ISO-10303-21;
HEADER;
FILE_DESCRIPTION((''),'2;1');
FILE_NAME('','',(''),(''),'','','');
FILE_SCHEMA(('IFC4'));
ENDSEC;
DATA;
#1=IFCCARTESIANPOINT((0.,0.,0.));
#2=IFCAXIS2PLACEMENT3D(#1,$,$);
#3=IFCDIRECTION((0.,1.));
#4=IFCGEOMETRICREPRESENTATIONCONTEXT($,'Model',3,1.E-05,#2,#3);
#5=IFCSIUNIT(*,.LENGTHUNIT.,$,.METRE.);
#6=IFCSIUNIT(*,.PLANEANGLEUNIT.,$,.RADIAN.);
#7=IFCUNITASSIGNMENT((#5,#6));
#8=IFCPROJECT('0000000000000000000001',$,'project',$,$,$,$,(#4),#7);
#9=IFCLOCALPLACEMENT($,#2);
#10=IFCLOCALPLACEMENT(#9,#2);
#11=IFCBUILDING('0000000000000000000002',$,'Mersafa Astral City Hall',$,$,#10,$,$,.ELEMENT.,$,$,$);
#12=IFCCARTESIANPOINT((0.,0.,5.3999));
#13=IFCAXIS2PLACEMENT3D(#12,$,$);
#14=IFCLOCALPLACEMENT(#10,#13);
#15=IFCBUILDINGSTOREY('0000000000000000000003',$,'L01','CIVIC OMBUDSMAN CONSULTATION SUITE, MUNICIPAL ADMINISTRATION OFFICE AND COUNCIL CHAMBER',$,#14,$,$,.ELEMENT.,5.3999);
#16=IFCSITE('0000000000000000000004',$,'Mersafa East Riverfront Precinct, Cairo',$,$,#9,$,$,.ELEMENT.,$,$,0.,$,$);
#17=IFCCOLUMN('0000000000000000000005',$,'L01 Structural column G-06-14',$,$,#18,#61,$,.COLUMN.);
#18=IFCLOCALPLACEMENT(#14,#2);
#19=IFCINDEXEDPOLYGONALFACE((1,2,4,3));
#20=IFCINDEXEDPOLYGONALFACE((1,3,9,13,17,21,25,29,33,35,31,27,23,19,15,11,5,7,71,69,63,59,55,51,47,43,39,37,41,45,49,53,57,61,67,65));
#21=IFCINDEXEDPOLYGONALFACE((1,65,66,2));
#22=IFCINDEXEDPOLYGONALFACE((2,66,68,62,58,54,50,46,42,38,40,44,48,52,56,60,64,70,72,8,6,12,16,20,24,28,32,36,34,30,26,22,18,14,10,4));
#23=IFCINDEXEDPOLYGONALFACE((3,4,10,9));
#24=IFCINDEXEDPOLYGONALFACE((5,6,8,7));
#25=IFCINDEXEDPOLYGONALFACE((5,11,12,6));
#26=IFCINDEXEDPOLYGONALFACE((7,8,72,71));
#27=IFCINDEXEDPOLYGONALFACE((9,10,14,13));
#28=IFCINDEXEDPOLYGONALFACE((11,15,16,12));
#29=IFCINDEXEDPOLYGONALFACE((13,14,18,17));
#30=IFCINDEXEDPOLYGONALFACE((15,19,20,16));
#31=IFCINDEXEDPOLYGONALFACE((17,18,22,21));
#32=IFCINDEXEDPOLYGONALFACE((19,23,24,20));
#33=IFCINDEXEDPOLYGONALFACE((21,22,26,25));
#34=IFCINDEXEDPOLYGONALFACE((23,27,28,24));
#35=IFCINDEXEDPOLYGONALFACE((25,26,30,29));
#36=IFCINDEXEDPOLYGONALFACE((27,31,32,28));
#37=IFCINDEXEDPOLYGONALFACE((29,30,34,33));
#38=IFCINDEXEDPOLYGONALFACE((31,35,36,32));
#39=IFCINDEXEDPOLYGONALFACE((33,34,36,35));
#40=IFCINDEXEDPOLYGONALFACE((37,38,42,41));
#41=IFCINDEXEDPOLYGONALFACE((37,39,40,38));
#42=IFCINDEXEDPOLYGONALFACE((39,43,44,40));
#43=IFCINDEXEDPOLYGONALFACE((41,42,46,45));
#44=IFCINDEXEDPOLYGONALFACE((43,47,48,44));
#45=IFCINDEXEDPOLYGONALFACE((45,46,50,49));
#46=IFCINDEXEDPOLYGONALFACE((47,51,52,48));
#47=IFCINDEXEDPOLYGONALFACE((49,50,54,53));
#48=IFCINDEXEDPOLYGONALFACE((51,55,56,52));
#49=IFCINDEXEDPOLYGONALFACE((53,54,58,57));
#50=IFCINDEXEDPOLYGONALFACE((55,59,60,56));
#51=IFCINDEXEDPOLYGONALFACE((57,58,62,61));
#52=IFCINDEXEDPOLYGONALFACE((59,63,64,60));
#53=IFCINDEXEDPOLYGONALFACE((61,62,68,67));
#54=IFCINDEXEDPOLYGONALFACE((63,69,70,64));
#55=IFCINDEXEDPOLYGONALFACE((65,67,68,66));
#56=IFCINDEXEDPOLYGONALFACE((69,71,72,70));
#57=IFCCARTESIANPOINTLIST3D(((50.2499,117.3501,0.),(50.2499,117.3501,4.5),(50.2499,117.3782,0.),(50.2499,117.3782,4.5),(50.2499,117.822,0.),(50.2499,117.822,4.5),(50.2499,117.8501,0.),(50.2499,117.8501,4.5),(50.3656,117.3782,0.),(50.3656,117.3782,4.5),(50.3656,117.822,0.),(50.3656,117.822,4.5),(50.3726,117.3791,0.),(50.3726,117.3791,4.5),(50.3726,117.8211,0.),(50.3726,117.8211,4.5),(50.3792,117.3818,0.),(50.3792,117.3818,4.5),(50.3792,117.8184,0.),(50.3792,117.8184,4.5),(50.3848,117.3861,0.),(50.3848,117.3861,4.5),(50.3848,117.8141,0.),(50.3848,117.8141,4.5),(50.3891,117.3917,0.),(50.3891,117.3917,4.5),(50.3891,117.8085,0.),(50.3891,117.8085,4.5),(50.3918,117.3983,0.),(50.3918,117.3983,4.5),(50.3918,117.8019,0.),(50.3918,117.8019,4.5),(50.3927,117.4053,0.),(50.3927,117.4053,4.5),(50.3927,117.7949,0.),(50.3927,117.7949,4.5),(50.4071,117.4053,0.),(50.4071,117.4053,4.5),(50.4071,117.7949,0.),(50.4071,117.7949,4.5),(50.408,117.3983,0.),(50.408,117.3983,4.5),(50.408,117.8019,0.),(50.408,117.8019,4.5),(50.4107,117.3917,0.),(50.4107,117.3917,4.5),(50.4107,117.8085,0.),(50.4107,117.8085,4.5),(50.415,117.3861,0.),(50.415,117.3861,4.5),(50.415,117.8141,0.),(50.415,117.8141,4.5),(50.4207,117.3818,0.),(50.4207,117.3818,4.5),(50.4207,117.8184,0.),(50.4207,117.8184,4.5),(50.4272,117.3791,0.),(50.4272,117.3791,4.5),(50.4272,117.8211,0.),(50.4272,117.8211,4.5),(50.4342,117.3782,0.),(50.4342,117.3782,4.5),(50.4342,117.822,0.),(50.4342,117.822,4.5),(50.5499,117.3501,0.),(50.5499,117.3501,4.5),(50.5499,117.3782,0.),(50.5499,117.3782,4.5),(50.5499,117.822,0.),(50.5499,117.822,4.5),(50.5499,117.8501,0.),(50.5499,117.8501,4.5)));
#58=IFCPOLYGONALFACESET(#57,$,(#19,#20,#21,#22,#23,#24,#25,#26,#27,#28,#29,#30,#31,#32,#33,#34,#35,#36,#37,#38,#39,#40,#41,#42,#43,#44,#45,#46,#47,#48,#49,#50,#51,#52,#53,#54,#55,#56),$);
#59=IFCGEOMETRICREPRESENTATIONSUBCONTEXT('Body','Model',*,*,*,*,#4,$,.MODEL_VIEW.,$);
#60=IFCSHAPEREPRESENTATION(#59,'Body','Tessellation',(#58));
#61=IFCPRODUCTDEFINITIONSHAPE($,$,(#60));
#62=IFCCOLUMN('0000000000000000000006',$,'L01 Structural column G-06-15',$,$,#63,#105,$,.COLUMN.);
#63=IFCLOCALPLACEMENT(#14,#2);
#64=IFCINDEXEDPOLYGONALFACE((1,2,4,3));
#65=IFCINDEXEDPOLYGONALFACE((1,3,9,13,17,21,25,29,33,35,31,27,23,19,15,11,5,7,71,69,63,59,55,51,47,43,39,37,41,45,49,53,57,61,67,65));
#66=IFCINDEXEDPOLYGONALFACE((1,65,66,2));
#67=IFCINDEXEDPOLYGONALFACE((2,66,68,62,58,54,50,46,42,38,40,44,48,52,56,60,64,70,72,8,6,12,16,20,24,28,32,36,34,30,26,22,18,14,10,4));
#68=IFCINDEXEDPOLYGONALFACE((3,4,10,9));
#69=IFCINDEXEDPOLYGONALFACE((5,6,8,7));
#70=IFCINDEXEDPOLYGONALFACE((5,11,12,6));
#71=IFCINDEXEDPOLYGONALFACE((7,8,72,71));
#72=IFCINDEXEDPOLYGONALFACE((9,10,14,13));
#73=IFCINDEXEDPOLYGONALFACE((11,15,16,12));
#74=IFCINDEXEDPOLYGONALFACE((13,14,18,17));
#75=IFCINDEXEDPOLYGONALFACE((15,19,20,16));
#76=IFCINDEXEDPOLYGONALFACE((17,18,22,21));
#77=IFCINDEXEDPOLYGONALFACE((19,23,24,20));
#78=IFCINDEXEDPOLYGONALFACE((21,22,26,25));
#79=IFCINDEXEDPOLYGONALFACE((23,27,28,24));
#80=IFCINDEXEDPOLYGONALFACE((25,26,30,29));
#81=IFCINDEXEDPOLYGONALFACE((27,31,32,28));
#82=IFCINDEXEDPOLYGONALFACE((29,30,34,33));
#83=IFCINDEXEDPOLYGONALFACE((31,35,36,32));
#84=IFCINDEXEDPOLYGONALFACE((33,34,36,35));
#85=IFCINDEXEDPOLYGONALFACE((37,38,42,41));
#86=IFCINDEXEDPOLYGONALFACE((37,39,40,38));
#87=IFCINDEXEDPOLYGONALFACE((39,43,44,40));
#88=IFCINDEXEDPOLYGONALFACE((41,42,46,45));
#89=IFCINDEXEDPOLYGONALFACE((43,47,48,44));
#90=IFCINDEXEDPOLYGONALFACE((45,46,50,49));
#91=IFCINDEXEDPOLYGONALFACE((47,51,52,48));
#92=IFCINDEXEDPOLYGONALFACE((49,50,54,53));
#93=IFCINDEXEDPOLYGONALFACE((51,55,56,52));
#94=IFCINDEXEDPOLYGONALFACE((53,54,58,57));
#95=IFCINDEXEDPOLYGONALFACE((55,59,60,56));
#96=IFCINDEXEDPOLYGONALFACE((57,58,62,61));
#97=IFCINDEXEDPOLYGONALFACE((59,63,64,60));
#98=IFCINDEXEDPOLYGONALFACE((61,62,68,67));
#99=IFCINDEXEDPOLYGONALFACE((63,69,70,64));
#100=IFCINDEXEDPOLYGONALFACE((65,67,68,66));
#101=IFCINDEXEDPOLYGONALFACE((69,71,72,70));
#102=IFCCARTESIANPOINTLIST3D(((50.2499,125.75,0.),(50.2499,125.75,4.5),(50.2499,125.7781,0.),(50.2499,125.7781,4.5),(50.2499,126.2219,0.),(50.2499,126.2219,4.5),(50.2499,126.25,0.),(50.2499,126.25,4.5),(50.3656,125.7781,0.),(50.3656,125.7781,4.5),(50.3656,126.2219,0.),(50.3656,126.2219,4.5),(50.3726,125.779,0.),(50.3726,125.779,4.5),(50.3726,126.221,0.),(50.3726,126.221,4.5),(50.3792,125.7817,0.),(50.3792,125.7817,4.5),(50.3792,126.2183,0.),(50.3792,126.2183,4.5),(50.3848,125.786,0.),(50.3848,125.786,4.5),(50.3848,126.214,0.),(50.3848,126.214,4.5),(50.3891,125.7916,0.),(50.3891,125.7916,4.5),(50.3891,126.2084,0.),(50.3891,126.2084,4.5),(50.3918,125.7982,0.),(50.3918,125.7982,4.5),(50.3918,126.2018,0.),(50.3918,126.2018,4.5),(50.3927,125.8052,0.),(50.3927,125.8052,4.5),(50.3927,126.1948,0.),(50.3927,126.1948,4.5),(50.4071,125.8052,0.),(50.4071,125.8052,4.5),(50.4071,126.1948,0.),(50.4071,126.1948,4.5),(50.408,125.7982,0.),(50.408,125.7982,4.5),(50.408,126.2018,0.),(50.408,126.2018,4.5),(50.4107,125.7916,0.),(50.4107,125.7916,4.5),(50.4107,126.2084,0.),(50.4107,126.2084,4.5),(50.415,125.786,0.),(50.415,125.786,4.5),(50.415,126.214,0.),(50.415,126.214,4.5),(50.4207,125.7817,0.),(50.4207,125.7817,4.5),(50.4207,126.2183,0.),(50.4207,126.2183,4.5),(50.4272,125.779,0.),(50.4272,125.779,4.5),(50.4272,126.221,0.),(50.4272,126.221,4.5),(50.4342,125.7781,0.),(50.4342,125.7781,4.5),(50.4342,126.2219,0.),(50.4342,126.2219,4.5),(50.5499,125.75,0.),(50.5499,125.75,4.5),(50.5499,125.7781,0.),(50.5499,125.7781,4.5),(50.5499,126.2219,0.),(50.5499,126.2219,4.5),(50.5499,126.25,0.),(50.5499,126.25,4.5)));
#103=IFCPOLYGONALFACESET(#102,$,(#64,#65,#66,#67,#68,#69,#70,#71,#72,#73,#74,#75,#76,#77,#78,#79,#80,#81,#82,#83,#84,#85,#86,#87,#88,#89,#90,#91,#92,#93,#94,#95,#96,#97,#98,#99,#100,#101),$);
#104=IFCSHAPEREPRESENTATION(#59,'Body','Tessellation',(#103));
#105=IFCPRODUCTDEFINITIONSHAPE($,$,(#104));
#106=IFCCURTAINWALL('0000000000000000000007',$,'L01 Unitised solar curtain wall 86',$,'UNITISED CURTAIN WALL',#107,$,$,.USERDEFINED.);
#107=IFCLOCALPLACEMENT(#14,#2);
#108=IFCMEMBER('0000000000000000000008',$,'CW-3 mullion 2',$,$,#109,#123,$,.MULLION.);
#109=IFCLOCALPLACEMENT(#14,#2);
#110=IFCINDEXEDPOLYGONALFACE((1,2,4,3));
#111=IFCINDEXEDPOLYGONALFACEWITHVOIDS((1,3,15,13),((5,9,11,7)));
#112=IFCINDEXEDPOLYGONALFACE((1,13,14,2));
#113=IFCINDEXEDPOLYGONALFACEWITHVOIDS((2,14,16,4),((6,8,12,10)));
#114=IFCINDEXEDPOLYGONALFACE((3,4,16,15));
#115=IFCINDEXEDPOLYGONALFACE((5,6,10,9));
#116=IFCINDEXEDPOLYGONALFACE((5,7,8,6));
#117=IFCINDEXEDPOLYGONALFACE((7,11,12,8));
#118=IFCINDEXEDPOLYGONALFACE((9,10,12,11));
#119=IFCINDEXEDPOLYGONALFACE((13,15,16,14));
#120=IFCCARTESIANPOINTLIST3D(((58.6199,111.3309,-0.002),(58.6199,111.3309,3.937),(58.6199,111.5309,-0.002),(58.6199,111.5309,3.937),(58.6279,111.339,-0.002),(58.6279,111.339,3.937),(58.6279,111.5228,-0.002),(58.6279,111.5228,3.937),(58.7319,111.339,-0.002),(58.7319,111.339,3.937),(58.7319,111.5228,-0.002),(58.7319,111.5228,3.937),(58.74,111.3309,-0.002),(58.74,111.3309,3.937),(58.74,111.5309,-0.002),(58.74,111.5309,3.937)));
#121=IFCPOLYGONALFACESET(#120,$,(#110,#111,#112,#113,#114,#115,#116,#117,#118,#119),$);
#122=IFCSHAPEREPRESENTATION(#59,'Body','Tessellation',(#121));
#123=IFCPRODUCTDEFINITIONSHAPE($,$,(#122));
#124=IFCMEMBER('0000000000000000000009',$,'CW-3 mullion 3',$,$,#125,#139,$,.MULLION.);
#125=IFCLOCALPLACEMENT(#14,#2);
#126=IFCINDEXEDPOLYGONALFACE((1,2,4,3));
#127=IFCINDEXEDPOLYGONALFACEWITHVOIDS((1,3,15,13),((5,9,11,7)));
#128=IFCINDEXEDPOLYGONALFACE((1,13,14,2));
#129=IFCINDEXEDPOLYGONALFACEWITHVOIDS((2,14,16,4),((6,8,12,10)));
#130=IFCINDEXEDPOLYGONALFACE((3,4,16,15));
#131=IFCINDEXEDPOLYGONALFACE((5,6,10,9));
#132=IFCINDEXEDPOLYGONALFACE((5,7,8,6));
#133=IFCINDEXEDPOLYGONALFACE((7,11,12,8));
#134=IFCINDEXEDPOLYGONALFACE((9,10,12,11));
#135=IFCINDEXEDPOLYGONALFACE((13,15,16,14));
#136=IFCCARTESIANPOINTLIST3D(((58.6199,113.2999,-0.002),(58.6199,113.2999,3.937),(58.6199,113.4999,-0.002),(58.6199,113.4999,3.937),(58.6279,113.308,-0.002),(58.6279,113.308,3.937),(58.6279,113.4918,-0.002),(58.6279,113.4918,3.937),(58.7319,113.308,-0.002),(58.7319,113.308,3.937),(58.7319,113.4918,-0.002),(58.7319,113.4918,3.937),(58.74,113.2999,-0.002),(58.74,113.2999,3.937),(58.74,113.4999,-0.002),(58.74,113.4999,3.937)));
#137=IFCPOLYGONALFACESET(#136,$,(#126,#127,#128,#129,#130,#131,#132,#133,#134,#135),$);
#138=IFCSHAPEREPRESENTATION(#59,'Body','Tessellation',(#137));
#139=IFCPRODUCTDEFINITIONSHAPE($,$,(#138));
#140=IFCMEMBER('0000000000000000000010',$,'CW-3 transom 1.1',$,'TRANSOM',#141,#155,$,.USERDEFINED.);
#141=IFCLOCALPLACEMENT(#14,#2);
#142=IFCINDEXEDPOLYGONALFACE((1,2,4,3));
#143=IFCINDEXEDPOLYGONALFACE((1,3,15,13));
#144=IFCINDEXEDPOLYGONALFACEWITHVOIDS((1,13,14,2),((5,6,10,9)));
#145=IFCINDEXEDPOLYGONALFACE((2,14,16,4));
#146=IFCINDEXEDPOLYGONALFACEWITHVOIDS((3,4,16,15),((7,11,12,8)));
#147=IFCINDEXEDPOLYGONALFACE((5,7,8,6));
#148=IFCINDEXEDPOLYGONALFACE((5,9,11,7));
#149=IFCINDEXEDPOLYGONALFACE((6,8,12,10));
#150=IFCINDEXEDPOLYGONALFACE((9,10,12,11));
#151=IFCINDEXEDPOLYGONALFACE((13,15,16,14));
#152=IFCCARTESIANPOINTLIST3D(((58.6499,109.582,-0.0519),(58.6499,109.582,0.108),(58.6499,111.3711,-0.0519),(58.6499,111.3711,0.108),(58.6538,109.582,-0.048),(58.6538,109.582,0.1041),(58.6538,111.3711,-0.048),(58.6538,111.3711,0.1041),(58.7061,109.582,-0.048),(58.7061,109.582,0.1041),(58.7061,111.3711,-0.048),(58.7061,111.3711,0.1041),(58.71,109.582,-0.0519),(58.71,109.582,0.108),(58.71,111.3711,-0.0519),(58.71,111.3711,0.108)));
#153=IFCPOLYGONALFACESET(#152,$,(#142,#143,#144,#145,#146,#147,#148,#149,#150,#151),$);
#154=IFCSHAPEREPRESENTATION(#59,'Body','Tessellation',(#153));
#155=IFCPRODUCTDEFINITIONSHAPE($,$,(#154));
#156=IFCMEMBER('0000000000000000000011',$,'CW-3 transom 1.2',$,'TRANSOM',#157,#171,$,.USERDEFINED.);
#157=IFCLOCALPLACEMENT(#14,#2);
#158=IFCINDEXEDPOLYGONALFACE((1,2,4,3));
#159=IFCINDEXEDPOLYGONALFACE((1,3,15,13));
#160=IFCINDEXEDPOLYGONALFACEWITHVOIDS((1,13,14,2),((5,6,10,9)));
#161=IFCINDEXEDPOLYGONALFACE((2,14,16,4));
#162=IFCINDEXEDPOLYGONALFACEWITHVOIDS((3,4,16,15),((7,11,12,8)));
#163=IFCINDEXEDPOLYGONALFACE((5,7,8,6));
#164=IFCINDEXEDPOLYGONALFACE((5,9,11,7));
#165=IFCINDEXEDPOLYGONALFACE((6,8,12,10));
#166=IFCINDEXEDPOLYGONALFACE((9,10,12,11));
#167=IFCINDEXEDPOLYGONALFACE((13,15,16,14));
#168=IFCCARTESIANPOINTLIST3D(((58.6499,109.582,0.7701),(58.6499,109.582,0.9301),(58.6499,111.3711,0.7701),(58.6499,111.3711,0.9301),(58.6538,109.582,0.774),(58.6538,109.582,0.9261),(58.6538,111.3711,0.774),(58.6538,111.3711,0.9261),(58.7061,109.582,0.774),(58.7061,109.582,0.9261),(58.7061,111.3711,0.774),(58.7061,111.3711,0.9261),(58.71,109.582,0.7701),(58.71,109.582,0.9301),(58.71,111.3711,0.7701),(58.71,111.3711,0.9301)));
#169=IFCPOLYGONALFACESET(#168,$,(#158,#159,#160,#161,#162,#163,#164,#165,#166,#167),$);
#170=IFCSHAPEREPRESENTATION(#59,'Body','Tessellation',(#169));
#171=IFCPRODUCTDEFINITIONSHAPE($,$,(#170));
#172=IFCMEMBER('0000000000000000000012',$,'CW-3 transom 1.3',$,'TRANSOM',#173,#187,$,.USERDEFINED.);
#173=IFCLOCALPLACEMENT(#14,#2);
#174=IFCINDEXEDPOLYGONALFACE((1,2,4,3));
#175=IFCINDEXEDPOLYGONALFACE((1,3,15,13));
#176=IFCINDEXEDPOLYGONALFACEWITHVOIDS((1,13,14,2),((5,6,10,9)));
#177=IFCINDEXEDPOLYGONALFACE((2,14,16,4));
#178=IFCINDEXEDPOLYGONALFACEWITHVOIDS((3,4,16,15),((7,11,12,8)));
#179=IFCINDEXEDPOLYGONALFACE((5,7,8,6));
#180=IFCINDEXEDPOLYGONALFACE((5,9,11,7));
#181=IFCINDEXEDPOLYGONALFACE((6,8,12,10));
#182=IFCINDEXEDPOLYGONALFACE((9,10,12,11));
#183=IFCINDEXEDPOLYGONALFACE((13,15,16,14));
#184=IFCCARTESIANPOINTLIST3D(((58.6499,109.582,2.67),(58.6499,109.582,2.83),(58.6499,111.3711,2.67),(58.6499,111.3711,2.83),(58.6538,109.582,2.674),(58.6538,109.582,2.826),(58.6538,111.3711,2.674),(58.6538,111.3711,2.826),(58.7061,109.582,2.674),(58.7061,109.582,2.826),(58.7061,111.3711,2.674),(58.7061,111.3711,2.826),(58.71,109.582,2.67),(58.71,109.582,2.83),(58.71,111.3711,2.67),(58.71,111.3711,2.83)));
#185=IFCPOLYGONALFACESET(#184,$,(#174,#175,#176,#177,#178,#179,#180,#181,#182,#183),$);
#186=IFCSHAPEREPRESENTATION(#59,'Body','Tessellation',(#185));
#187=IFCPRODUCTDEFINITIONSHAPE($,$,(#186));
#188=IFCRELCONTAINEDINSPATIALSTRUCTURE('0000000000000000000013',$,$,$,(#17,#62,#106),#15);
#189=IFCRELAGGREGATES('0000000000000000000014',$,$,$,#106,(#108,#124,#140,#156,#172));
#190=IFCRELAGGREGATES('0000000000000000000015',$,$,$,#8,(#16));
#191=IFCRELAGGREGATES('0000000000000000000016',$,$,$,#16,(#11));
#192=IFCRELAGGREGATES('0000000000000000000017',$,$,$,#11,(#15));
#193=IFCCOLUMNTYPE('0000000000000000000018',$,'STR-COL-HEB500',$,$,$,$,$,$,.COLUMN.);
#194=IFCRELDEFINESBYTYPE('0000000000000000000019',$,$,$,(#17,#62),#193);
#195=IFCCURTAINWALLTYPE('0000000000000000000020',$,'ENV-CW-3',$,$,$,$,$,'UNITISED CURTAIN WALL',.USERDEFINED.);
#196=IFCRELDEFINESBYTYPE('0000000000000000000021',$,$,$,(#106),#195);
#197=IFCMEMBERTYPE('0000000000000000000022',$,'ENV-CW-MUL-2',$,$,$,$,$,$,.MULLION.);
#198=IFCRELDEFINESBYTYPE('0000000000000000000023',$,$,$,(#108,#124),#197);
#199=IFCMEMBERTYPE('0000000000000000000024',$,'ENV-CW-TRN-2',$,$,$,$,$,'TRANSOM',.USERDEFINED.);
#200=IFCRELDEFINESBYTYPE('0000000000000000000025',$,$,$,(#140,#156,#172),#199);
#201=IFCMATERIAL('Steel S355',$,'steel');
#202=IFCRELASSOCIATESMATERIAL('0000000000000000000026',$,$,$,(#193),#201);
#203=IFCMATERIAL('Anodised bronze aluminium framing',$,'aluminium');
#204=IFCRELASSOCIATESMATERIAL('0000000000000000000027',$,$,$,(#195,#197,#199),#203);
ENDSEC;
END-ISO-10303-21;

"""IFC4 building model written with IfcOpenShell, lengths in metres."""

from ifc_helpers import new_model, si_unit, direction, frame, origin, origin_2d, place, context, subcontext, project, spatial, hollow_rectangle, i_section, extrude, material, material_profile, profile_set, type_object, element, aggregate, save


model = new_model("IFC4")

# Units and contexts
model_context = context("Model", 3, precision=1e-05, world=origin(), true_north=direction((0.0, 1.0)))
body_context = subcontext(model_context, "Body", "Model", "MODEL_VIEW")
ifc_project = project(units=[si_unit("LENGTHUNIT", "METRE"), si_unit("PLANEANGLEUNIT", "RADIAN")], contexts=[model_context])

# Site, building, storey
site_placement = place(None, origin())
site = spatial("IfcSite", under=ifc_project, at=site_placement, Name="Mersafa East Riverfront Precinct, Cairo", CompositionType="ELEMENT", RefElevation=0.0)
building_placement = place(site_placement, origin())
building = spatial("IfcBuilding", under=site, at=building_placement, Name="Mersafa Astral City Hall", CompositionType="ELEMENT")
storey_placement = place(building_placement, frame((0.0, 0.0, 5.3999)))
storey = spatial("IfcBuildingStorey", under=building, at=storey_placement, Name="L01", Description="CIVIC OMBUDSMAN CONSULTATION SUITE, MUNICIPAL ADMINISTRATION OFFICE AND COUNCIL CHAMBER", CompositionType="ELEMENT", Elevation=5.3999)

# Columns
ifc_material_1 = material(Name="Steel S355", Category="steel")
ifc_material_profile_1 = material_profile(ifc_material_1, i_section(OverallWidth=0.3, OverallDepth=0.5, WebThickness=0.0144, FlangeThickness=0.0281, FilletRadius=0.0271, at=origin_2d()), Name="HEB 500")
ifc_profile_set_1 = profile_set([ifc_material_profile_1], Name="Steel S355")
column_type = type_object("IfcColumnType", Name="STR-COL-HEB500", PredefinedType="COLUMN", material=ifc_profile_set_1)
for number, where, z_axis, x_axis, name in (
    (1, (50.3999, 117.6001, 0.0), (0.0, 0.0, 1.0), (1.0, 0.0, 0.0), "L01 Structural column G-06-14"),
    (2, (50.3999, 126.0, 0.0), (0.0, 0.0, 1.0), (1.0, 0.0, 0.0), "L01 Structural column G-06-15"),
):
    element("IfcColumn", number, at=place(storey_placement, frame(where, z_axis=z_axis, x_axis=x_axis)), inside=storey, type_object=column_type, Name=name, PredefinedType="COLUMN", context=body_context, shape_type="SweptSolid", body=[
        extrude(i_section(OverallWidth=0.3, OverallDepth=0.5, WebThickness=0.0144, FlangeThickness=0.0281, FilletRadius=0.0271, at=origin_2d()), origin(), (0.0, 0.0, 1.0), 4.5),
    ])

# Curtain wall, members
ifc_material_2 = material(Name="Anodised bronze aluminium framing", Category="aluminium")
curtain_wall_type = type_object("IfcCurtainWallType", Name="ENV-CW-3", ElementType="UNITISED CURTAIN WALL", PredefinedType="USERDEFINED", material=ifc_material_2)
curtain_wall_placement = place(storey_placement, origin())
curtain_wall = element("IfcCurtainWall", 3, at=curtain_wall_placement, inside=storey, type_object=curtain_wall_type, Name="L01 Unitised solar curtain wall 86", ObjectType="UNITISED CURTAIN WALL", PredefinedType="USERDEFINED")
ifc_material_profile_2 = material_profile(ifc_material_2, hollow_rectangle(XDim=0.1201, YDim=0.2, WallThickness=0.0081, at=origin_2d()), Name="RHS 120x200x8")
ifc_profile_set_2 = profile_set([ifc_material_profile_2], Name="Anodised bronze aluminium framing")
member_type_1 = type_object("IfcMemberType", Name="ENV-CW-MUL-2", PredefinedType="MULLION", material=ifc_profile_set_2)
member_1_placement = place(storey_placement, frame((58.6799, 111.4309, -0.002), z_axis=(0.0, 0.0, 1.0), x_axis=(-1.0, 0.0, 0.0)))
member_1 = element("IfcMember", 4, at=member_1_placement, type_object=member_type_1, Name="CW-3 mullion 2", PredefinedType="MULLION", context=body_context, shape_type="SweptSolid", body=[
    extrude(hollow_rectangle(XDim=0.1201, YDim=0.2, WallThickness=0.0081, at=origin_2d()), origin(), (0.0, 0.0, 1.0), 3.939),
])
member_2_placement = place(storey_placement, frame((58.6799, 113.3999, -0.002), z_axis=(0.0, 0.0, 1.0), x_axis=(-1.0, 0.0, 0.0)))
member_2 = element("IfcMember", 5, at=member_2_placement, type_object=member_type_1, Name="CW-3 mullion 3", PredefinedType="MULLION", context=body_context, shape_type="SweptSolid", body=[
    extrude(hollow_rectangle(XDim=0.1201, YDim=0.2, WallThickness=0.0081, at=origin_2d()), origin(), (0.0, 0.0, 1.0), 3.939),
])
ifc_material_profile_3 = material_profile(ifc_material_2, hollow_rectangle(XDim=0.0601, YDim=0.1599, WallThickness=0.0039, at=origin_2d()), Name="RHS 60x160x4")
ifc_profile_set_3 = profile_set([ifc_material_profile_3], Name="Anodised bronze aluminium framing")
member_type_2 = type_object("IfcMemberType", Name="ENV-CW-TRN-2", ElementType="TRANSOM", PredefinedType="USERDEFINED", material=ifc_profile_set_3)
member_3_placement = place(storey_placement, frame((58.6799, 109.582, 0.0281), z_axis=(0.0, 1.0, 0.0), x_axis=(-1.0, 0.0, 0.0)))
member_3 = element("IfcMember", 6, at=member_3_placement, type_object=member_type_2, Name="CW-3 transom 1.1", ObjectType="TRANSOM", PredefinedType="USERDEFINED", context=body_context, shape_type="SweptSolid", body=[
    extrude(hollow_rectangle(XDim=0.0601, YDim=0.1599, WallThickness=0.0039, at=origin_2d()), origin(), (0.0, 0.0, 1.0), 1.7891),
])
member_4_placement = place(storey_placement, frame((58.6799, 109.582, 0.8501), z_axis=(0.0, 1.0, 0.0), x_axis=(-1.0, 0.0, 0.0)))
member_4 = element("IfcMember", 7, at=member_4_placement, type_object=member_type_2, Name="CW-3 transom 1.2", ObjectType="TRANSOM", PredefinedType="USERDEFINED", context=body_context, shape_type="SweptSolid", body=[
    extrude(hollow_rectangle(XDim=0.0601, YDim=0.1599, WallThickness=0.0039, at=origin_2d()), origin(), (0.0, 0.0, 1.0), 1.7891),
])
member_5_placement = place(storey_placement, frame((58.6799, 109.582, 2.75), z_axis=(0.0, 1.0, 0.0), x_axis=(-1.0, 0.0, 0.0)))
member_5 = element("IfcMember", 8, at=member_5_placement, type_object=member_type_2, Name="CW-3 transom 1.3", ObjectType="TRANSOM", PredefinedType="USERDEFINED", context=body_context, shape_type="SweptSolid", body=[
    extrude(hollow_rectangle(XDim=0.0601, YDim=0.1599, WallThickness=0.0039, at=origin_2d()), origin(), (0.0, 0.0, 1.0), 1.7891),
])

aggregate(curtain_wall, [member_1, member_2, member_3, member_4, member_5])

save(model, "model.ifc")
